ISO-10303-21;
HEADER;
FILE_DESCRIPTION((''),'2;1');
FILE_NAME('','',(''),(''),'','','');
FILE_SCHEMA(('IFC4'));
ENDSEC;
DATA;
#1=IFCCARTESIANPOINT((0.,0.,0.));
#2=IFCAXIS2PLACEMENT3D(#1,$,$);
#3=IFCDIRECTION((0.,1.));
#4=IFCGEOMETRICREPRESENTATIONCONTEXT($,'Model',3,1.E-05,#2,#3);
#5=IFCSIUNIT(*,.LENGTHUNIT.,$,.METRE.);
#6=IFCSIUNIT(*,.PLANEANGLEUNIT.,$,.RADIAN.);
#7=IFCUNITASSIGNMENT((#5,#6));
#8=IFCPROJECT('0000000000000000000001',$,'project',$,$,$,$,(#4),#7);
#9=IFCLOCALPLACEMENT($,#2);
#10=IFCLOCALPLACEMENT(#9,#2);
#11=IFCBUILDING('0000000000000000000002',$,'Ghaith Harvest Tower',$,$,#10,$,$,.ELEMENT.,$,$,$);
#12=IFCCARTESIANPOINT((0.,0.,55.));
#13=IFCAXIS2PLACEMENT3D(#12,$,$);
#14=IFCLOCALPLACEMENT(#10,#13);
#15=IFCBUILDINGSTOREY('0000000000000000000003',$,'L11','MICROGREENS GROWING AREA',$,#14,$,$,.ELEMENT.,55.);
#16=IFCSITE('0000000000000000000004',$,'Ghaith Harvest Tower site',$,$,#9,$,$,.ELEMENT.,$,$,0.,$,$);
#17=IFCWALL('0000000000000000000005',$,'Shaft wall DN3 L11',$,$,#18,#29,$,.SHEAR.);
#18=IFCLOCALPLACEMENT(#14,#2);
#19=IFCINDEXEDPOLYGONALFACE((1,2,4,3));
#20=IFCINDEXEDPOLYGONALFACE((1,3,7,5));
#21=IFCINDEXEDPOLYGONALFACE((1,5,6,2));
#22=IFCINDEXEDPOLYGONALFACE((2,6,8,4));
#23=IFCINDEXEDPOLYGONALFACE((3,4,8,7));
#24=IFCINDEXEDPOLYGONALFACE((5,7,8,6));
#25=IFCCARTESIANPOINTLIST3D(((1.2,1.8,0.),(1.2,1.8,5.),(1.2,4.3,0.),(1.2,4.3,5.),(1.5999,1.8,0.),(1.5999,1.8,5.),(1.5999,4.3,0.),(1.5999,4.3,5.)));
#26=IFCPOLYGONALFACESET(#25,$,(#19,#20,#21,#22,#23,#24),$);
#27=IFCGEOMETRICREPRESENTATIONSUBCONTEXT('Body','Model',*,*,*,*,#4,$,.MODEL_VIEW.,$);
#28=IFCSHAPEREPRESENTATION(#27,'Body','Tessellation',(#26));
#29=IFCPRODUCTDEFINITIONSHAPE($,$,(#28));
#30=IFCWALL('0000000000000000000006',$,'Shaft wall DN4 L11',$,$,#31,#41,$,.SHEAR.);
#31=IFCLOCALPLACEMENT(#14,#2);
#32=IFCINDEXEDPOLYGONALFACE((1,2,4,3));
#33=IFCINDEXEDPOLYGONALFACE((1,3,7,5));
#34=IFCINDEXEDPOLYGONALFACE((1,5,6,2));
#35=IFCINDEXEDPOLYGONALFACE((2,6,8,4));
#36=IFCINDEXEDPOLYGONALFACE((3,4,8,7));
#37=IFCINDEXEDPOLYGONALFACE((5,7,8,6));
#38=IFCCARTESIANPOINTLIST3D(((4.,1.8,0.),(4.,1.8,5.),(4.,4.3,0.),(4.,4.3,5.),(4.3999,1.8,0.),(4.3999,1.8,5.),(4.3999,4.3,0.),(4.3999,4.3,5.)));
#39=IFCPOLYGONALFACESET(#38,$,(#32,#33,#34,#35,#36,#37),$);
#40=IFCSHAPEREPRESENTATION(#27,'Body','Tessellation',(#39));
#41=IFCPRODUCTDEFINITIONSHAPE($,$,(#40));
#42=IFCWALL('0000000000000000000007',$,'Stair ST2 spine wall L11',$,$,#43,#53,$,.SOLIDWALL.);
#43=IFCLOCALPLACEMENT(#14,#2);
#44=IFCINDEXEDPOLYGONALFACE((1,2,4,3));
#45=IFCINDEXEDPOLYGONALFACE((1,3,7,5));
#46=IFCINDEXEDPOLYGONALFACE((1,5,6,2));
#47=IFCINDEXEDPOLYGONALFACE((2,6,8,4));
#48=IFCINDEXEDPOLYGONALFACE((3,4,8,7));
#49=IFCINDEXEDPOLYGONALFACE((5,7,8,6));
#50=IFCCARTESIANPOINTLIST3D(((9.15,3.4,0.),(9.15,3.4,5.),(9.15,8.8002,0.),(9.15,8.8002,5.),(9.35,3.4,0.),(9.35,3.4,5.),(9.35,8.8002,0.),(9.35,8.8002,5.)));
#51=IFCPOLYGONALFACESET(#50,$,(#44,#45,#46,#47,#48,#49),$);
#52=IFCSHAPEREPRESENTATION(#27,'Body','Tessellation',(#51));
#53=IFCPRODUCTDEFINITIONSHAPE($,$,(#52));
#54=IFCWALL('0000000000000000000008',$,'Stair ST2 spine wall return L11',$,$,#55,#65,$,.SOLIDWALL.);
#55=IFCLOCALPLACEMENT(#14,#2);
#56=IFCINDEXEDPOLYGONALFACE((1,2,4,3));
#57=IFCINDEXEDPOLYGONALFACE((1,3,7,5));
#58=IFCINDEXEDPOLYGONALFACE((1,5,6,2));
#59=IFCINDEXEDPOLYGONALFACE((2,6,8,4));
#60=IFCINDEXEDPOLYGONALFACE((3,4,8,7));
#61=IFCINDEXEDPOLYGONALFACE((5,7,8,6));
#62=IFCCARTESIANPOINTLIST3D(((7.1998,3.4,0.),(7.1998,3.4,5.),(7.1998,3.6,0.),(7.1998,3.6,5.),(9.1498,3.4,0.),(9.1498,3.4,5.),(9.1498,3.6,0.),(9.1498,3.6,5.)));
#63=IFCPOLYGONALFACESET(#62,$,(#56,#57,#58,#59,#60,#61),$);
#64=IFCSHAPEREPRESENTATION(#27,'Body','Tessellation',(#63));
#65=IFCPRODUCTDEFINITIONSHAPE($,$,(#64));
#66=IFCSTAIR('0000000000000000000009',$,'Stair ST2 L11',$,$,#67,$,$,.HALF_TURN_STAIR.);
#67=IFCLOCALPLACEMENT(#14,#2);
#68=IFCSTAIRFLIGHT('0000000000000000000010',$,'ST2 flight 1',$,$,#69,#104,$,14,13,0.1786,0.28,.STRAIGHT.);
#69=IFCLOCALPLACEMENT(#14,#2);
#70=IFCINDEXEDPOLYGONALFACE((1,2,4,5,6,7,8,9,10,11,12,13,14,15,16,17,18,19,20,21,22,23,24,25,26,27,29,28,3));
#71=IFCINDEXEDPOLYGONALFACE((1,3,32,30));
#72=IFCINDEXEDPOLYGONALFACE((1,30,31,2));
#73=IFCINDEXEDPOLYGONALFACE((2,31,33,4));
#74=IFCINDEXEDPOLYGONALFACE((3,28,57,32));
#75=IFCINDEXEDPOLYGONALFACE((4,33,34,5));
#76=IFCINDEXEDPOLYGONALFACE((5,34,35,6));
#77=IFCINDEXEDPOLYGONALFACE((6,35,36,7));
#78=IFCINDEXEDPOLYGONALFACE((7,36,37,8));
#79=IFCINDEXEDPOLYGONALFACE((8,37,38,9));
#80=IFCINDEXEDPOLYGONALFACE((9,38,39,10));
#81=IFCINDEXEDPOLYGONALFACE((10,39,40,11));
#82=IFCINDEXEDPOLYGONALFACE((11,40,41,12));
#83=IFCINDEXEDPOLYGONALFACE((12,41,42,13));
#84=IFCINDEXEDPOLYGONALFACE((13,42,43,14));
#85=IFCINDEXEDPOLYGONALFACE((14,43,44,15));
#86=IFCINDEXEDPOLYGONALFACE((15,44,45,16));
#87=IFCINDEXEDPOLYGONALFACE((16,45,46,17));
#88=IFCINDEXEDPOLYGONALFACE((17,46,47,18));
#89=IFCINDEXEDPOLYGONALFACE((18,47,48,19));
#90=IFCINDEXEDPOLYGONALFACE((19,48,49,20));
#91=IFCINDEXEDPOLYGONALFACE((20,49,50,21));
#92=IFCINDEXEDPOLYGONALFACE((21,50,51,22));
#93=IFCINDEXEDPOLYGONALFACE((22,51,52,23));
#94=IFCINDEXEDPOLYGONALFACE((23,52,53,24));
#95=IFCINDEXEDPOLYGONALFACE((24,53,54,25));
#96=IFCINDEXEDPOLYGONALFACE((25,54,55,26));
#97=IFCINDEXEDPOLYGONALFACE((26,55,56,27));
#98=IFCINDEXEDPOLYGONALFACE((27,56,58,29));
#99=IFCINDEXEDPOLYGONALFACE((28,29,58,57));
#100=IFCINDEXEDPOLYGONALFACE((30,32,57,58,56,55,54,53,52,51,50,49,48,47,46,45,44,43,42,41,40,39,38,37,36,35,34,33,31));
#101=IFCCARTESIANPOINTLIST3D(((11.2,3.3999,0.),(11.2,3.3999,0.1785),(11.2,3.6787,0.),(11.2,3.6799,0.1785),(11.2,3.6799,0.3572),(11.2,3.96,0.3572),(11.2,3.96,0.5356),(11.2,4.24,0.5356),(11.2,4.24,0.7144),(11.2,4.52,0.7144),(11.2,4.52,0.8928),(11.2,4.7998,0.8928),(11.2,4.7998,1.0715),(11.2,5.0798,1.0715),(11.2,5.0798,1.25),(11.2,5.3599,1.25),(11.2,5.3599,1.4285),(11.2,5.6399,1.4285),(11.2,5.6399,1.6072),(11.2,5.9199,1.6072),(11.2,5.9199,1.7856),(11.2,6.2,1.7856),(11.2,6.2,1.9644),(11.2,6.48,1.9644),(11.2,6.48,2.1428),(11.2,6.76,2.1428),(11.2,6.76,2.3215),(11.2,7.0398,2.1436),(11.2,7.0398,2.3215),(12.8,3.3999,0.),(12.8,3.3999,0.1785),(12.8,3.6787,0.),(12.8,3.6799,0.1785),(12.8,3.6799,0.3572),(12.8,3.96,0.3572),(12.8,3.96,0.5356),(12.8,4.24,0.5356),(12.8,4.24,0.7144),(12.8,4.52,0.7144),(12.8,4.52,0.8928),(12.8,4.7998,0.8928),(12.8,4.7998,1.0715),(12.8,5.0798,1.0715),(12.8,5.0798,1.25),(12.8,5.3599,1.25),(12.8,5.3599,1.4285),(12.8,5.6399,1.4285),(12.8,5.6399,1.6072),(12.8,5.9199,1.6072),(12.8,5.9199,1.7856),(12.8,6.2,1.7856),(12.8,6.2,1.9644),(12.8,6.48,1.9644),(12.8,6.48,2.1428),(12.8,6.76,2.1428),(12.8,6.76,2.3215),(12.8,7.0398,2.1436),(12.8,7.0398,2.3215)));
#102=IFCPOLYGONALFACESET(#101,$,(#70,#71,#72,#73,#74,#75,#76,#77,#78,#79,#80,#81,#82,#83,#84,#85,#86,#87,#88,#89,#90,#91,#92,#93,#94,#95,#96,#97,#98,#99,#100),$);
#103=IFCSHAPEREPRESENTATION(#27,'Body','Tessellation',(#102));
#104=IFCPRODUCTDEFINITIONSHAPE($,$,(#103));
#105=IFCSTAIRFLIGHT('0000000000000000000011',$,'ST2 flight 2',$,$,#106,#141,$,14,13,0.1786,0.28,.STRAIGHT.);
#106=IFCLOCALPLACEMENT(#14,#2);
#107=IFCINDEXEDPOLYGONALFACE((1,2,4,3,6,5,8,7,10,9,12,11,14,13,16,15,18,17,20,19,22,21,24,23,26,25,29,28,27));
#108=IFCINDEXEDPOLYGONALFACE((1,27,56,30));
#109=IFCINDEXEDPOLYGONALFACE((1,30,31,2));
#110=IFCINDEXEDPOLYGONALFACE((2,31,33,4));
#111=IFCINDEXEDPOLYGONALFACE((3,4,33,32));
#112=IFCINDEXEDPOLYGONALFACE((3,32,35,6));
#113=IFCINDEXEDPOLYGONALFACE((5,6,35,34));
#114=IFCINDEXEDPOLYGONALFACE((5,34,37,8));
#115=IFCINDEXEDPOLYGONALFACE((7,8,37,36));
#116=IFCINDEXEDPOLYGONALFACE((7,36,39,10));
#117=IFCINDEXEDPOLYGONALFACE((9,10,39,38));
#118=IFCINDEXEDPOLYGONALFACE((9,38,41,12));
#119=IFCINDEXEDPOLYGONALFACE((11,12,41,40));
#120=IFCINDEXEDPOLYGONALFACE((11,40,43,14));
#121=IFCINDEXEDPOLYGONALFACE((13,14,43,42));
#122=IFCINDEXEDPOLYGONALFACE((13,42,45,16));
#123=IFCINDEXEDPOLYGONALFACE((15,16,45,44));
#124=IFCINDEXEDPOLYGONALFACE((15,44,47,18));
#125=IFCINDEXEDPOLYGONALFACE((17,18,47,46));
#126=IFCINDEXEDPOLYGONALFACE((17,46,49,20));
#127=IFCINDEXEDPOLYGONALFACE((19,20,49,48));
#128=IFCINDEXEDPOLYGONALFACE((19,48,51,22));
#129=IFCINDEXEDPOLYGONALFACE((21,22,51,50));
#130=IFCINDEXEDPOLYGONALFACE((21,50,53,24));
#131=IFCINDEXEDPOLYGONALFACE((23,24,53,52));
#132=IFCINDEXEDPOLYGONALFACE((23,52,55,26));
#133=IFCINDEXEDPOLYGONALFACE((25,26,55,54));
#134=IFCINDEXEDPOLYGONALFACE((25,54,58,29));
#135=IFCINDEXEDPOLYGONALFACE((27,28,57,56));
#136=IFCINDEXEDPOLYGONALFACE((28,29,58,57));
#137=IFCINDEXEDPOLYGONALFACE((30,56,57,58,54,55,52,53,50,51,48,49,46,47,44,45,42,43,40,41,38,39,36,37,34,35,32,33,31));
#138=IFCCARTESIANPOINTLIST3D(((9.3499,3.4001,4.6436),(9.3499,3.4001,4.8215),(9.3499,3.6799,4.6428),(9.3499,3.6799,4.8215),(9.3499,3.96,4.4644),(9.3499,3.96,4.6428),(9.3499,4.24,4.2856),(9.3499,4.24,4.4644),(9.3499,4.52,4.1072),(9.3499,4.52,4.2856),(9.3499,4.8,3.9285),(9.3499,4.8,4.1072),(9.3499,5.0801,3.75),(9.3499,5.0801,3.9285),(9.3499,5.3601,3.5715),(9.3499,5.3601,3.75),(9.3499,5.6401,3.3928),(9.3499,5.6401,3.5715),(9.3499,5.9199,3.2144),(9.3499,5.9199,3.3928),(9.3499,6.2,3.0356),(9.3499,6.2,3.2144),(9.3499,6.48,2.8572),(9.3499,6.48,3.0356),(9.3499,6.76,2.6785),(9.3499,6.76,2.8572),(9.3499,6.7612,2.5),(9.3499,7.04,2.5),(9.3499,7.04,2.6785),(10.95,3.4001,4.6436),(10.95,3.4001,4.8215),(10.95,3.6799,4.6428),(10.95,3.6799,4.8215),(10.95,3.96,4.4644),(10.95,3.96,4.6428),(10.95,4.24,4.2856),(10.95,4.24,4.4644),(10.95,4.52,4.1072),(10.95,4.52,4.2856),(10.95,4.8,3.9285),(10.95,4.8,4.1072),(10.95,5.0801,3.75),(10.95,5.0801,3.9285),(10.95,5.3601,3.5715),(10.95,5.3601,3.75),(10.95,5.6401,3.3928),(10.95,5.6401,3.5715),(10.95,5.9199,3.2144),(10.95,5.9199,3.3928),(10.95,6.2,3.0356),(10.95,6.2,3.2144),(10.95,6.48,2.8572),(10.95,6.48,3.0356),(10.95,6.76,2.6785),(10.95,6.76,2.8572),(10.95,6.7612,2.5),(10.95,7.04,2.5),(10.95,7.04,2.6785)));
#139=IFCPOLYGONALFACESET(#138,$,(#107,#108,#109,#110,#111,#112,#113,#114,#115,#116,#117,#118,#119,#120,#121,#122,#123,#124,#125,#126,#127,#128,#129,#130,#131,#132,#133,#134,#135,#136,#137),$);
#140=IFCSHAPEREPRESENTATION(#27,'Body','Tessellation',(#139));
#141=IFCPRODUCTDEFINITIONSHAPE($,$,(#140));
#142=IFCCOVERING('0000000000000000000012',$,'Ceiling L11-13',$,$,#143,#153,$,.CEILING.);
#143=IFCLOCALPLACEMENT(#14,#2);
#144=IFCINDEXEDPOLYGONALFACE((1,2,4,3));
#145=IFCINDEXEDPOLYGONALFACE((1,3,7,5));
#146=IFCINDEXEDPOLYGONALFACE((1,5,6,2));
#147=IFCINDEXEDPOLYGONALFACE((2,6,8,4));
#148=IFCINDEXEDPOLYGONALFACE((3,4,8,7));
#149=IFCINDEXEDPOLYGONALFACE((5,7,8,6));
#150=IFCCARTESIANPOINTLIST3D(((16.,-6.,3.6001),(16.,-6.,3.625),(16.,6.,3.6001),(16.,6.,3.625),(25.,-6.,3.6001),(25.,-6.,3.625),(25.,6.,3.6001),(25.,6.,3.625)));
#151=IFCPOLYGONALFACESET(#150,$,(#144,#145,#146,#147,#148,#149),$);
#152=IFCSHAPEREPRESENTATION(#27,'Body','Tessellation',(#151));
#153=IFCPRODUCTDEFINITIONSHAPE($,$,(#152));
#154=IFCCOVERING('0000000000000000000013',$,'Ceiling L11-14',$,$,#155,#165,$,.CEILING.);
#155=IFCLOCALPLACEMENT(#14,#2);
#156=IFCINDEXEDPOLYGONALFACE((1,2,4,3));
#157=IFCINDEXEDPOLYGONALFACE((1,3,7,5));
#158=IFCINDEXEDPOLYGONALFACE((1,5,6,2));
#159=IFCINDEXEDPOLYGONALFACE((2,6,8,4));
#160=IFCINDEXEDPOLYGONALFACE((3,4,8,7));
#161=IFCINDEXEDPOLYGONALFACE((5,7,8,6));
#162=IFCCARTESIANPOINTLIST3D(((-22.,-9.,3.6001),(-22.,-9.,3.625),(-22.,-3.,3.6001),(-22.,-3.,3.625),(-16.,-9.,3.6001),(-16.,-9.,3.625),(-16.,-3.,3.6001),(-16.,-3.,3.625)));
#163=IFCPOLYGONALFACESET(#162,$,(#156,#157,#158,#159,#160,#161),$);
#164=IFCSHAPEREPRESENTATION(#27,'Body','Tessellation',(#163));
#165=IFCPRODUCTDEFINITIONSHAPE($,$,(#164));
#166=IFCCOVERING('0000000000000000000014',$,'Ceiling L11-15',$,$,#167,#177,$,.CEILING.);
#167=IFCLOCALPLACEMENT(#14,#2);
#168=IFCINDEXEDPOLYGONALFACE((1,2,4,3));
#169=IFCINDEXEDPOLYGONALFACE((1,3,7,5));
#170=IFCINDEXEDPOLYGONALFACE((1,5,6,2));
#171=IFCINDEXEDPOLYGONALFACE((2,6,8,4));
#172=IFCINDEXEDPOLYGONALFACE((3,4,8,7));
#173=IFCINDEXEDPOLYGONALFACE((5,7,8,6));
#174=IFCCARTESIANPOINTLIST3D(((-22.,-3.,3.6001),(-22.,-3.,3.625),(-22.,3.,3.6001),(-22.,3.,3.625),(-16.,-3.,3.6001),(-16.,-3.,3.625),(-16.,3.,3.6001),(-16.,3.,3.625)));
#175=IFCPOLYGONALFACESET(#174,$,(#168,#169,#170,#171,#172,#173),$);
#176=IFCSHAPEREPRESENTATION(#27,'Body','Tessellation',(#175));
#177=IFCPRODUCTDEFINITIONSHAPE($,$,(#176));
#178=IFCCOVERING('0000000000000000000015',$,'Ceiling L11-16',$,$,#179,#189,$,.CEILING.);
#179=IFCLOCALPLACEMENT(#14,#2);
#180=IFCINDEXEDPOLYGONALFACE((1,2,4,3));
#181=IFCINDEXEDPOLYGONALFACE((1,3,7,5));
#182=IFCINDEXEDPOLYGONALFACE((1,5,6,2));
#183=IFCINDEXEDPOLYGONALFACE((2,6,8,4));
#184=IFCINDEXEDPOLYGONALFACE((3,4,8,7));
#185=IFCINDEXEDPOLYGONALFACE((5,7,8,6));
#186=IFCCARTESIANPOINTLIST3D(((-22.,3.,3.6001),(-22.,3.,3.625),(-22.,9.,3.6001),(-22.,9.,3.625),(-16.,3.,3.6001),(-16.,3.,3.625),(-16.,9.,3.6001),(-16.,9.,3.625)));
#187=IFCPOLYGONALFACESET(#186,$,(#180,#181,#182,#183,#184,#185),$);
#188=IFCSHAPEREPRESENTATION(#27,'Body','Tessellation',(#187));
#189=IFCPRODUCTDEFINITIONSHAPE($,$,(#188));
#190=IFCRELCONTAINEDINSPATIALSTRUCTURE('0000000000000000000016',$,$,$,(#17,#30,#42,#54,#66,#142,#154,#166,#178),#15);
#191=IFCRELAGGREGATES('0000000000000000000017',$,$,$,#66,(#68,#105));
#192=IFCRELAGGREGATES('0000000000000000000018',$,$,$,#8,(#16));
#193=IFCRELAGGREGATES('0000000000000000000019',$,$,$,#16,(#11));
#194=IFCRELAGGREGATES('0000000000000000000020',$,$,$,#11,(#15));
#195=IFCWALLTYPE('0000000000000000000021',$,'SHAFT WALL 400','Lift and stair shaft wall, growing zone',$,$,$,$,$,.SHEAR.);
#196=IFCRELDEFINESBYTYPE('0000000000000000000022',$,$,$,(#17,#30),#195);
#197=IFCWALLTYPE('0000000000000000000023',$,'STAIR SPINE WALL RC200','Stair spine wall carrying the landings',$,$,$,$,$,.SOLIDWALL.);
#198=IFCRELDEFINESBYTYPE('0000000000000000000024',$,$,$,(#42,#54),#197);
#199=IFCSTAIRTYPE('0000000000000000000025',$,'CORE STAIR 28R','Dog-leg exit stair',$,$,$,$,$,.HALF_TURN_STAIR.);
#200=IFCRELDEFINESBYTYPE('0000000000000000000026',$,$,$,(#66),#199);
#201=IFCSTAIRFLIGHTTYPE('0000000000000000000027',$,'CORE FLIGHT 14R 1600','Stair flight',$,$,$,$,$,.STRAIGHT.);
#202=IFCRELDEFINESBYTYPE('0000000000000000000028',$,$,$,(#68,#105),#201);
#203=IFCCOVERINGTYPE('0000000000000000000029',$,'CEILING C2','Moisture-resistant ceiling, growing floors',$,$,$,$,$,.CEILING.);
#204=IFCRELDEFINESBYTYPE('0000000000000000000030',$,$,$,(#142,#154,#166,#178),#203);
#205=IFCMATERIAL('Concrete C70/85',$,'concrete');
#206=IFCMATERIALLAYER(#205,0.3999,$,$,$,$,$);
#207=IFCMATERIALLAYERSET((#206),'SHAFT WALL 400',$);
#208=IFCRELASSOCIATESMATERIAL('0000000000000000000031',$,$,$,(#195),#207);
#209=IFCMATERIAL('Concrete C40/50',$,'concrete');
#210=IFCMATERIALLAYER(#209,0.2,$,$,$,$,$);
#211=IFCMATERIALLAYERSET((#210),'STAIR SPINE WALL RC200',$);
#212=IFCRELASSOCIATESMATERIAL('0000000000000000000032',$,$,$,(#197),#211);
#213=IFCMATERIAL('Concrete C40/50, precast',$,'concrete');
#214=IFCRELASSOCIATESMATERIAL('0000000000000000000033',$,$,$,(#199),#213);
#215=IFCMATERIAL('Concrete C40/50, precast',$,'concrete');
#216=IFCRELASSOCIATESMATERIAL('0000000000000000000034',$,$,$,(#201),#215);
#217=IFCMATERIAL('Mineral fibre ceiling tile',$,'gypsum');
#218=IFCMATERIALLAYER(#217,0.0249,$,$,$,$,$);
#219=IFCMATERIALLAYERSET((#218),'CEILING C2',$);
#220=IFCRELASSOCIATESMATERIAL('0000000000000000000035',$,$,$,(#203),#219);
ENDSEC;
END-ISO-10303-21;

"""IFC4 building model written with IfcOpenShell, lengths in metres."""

from ifc_helpers import new_model, si_unit, direction, frame, frame_2d, origin, place, context, subcontext, project, spatial, polyline, rectangle, outline, extrude, material, layer, layer_set, type_object, element, aggregate, save


model = new_model("IFC4")

# Units and contexts
model_context = context("Model", 3, precision=1e-05, world=origin(), true_north=direction((0.0, 1.0)))
body_context = subcontext(model_context, "Body", "Model", "MODEL_VIEW")
ifc_project = project(units=[si_unit("LENGTHUNIT", "METRE"), si_unit("PLANEANGLEUNIT", "RADIAN")], contexts=[model_context])

# Site, building, storey
site_placement = place(None, origin())
site = spatial("IfcSite", under=ifc_project, at=site_placement, Name="Ghaith Harvest Tower site", CompositionType="ELEMENT", RefElevation=0.0)
building_placement = place(site_placement, origin())
building = spatial("IfcBuilding", under=site, at=building_placement, Name="Ghaith Harvest Tower", CompositionType="ELEMENT")
storey_placement = place(building_placement, frame((0.0, 0.0, 55.0)))
storey = spatial("IfcBuildingStorey", under=building, at=storey_placement, Name="L11", Description="MICROGREENS GROWING AREA", CompositionType="ELEMENT", Elevation=55.0)

# Shared definitions
ifc_material_1 = material(Name="Concrete C70/85", Category="concrete")
ifc_layer_1 = layer(ifc_material_1, 0.3999)
ifc_layer_set_1 = layer_set([ifc_layer_1], Name="SHAFT WALL 400")
wall_type_1 = type_object("IfcWallType", Name="SHAFT WALL 400", Description="Lift and stair shaft wall, growing zone", PredefinedType="SHEAR", material=ifc_layer_set_1)

# Walls
for number, where, z_axis, x_axis, name in (
    (1, (1.3999, 1.8, 0.0), (0.0, 0.0, 1.0), (0.0, 1.0, 0.0), "Shaft wall DN3 L11"),
    (2, (4.2, 1.8, 0.0), (0.0, 0.0, 1.0), (0.0, 1.0, 0.0), "Shaft wall DN4 L11"),
):
    element("IfcWall", number, at=place(storey_placement, frame(where, z_axis=z_axis, x_axis=x_axis)), inside=storey, type_object=wall_type_1, Name=name, PredefinedType="SHEAR", context=body_context, shape_type="SweptSolid", body=[
        extrude(rectangle(XDim=2.5, YDim=0.3999, at=frame_2d((1.25, 0.0))), origin(), (0.0, 0.0, 1.0), 5.0),
    ])
ifc_material_2 = material(Name="Concrete C40/50", Category="concrete")
ifc_layer_2 = layer(ifc_material_2, 0.2)
ifc_layer_set_2 = layer_set([ifc_layer_2], Name="STAIR SPINE WALL RC200")
wall_type_2 = type_object("IfcWallType", Name="STAIR SPINE WALL RC200", Description="Stair spine wall carrying the landings", PredefinedType="SOLIDWALL", material=ifc_layer_set_2)
wall_1_placement = place(storey_placement, frame((9.25, 3.3999, 0.0), z_axis=(0.0, 0.0, 1.0), x_axis=(0.0, 1.0, 0.0)))
element("IfcWall", 3, at=wall_1_placement, inside=storey, type_object=wall_type_2, Name="Stair ST2 spine wall L11", PredefinedType="SOLIDWALL", context=body_context, shape_type="SweptSolid", body=[
    extrude(rectangle(XDim=5.4001, YDim=0.2, at=frame_2d((2.7002, 0.0))), origin(), (0.0, 0.0, 1.0), 5.0),
])
wall_2_placement = place(storey_placement, frame((9.1499, 3.5, 0.0), z_axis=(0.0, 0.0, 1.0), x_axis=(-1.0, 0.0, 0.0)))
element("IfcWall", 4, at=wall_2_placement, inside=storey, type_object=wall_type_2, Name="Stair ST2 spine wall return L11", PredefinedType="SOLIDWALL", context=body_context, shape_type="SweptSolid", body=[
    extrude(rectangle(XDim=1.95, YDim=0.2, at=frame_2d((0.9751, 0.0))), origin(), (0.0, 0.0, 1.0), 5.0),
])

# Stair, stair flights
ifc_material_3 = material(Name="Concrete C40/50, precast", Category="concrete")
stair_type = type_object("IfcStairType", Name="CORE STAIR 28R", Description="Dog-leg exit stair", PredefinedType="HALF_TURN_STAIR", material=ifc_material_3)
stair_placement = place(storey_placement, origin())
stair = element("IfcStair", 5, at=stair_placement, inside=storey, type_object=stair_type, Name="Stair ST2 L11", PredefinedType="HALF_TURN_STAIR")
ifc_material_4 = material(Name="Concrete C40/50, precast", Category="concrete")
stair_flight_type = type_object("IfcStairFlightType", Name="CORE FLIGHT 14R 1600", Description="Stair flight", PredefinedType="STRAIGHT", material=ifc_material_4)
stair_flight_1_placement = place(storey_placement, frame((12.0, 3.3999, 0.0), z_axis=(0.0, 0.0, 1.0), x_axis=(0.0, 1.0, 0.0)))
stair_flight_1 = element("IfcStairFlight", 6, at=stair_flight_1_placement, type_object=stair_flight_type, Name="ST2 flight 1", NumberOfRisers=14, NumberOfTreads=13, PredefinedType="STRAIGHT", RiserHeight=0.1786, TreadLength=0.28, context=body_context, shape_type="SweptSolid", body=[
    extrude(outline(polyline([(0.0, 0.0), (0.0, 0.1785), (0.28, 0.1785), (0.28, 0.3572), (0.5601, 0.3572), (0.5601, 0.5356), (0.8401, 0.5356), (0.8401, 0.7144), (1.1201, 0.7144), (1.1201, 0.8928), (1.3999, 0.8928), (1.3999, 1.0715), (1.6799, 1.0715), (1.6799, 1.25), (1.96, 1.25), (1.96, 1.4285), (2.24, 1.4285), (2.24, 1.6072), (2.52, 1.6072), (2.52, 1.7856), (2.8, 1.7856), (2.8, 1.9644), (3.0801, 1.9644), (3.0801, 2.1428), (3.3601, 2.1428), (3.3601, 2.3215), (3.6399, 2.3215), (3.6399, 2.5), (3.6399, 2.1436), (0.2788, 0.0), (0.0, 0.0)])), frame((0.0, 0.8, 0.0), z_axis=(0.0, -1.0, 0.0), x_axis=(1.0, 0.0, 0.0)), (0.0, 0.0, 1.0), 1.6001),
])
stair_flight_2_placement = place(storey_placement, frame((10.1499, 7.04, 2.5), z_axis=(0.0, 0.0, 1.0), x_axis=(0.0, -1.0, 0.0)))
stair_flight_2 = element("IfcStairFlight", 7, at=stair_flight_2_placement, type_object=stair_flight_type, Name="ST2 flight 2", NumberOfRisers=14, NumberOfTreads=13, PredefinedType="STRAIGHT", RiserHeight=0.1786, TreadLength=0.28, context=body_context, shape_type="SweptSolid", body=[
    extrude(outline(polyline([(0.0, 0.0), (0.0, 0.1785), (0.28, 0.1785), (0.28, 0.3572), (0.5601, 0.3572), (0.5601, 0.5356), (0.8401, 0.5356), (0.8401, 0.7144), (1.1201, 0.7144), (1.1201, 0.8928), (1.3999, 0.8928), (1.3999, 1.0715), (1.6799, 1.0715), (1.6799, 1.25), (1.96, 1.25), (1.96, 1.4285), (2.24, 1.4285), (2.24, 1.6072), (2.52, 1.6072), (2.52, 1.7856), (2.8, 1.7856), (2.8, 1.9644), (3.0801, 1.9644), (3.0801, 2.1428), (3.3601, 2.1428), (3.3601, 2.3215), (3.6399, 2.3215), (3.6399, 2.5), (3.6399, 2.1436), (0.2788, 0.0), (0.0, 0.0)])), frame((0.0, 0.8, 0.0), z_axis=(0.0, -1.0, 0.0), x_axis=(1.0, 0.0, 0.0)), (0.0, 0.0, 1.0), 1.6001),
])
aggregate(stair, [stair_flight_1, stair_flight_2])

# Coverings
ifc_material_5 = material(Name="Mineral fibre ceiling tile", Category="gypsum")
ifc_layer_3 = layer(ifc_material_5, 0.0249)
ifc_layer_set_3 = layer_set([ifc_layer_3], Name="CEILING C2")
covering_type = type_object("IfcCoveringType", Name="CEILING C2", Description="Moisture-resistant ceiling, growing floors", PredefinedType="CEILING", material=ifc_layer_set_3)
covering_1_placement = place(storey_placement, frame((0.0, 0.0, 3.6001)))
element("IfcCovering", 8, at=covering_1_placement, inside=storey, type_object=covering_type, Name="Ceiling L11-13", PredefinedType="CEILING", context=body_context, shape_type="SweptSolid", body=[
    extrude(outline(polyline([(16.0, -6.0), (25.0, -6.0), (25.0, 6.0), (16.0, 6.0), (16.0, -6.0)])), origin(), (0.0, 0.0, 1.0), 0.0249),
])
covering_2_placement = place(storey_placement, frame((0.0, 0.0, 3.6001)))
element("IfcCovering", 9, at=covering_2_placement, inside=storey, type_object=covering_type, Name="Ceiling L11-14", PredefinedType="CEILING", context=body_context, shape_type="SweptSolid", body=[
    extrude(outline(polyline([(-22.0, -9.0), (-16.0, -9.0), (-16.0, -3.0), (-22.0, -3.0), (-22.0, -9.0)])), origin(), (0.0, 0.0, 1.0), 0.0249),
])
covering_3_placement = place(storey_placement, frame((0.0, 0.0, 3.6001)))
element("IfcCovering", 10, at=covering_3_placement, inside=storey, type_object=covering_type, Name="Ceiling L11-15", PredefinedType="CEILING", context=body_context, shape_type="SweptSolid", body=[
    extrude(outline(polyline([(-22.0, -3.0), (-16.0, -3.0), (-16.0, 3.0), (-22.0, 3.0), (-22.0, -3.0)])), origin(), (0.0, 0.0, 1.0), 0.0249),
])
covering_4_placement = place(storey_placement, frame((0.0, 0.0, 3.6001)))
element("IfcCovering", 11, at=covering_4_placement, inside=storey, type_object=covering_type, Name="Ceiling L11-16", PredefinedType="CEILING", context=body_context, shape_type="SweptSolid", body=[
    extrude(outline(polyline([(-22.0, 3.0), (-16.0, 3.0), (-16.0, 9.0), (-22.0, 9.0), (-22.0, 3.0)])), origin(), (0.0, 0.0, 1.0), 0.0249),
])

save(model, "model.ifc")
